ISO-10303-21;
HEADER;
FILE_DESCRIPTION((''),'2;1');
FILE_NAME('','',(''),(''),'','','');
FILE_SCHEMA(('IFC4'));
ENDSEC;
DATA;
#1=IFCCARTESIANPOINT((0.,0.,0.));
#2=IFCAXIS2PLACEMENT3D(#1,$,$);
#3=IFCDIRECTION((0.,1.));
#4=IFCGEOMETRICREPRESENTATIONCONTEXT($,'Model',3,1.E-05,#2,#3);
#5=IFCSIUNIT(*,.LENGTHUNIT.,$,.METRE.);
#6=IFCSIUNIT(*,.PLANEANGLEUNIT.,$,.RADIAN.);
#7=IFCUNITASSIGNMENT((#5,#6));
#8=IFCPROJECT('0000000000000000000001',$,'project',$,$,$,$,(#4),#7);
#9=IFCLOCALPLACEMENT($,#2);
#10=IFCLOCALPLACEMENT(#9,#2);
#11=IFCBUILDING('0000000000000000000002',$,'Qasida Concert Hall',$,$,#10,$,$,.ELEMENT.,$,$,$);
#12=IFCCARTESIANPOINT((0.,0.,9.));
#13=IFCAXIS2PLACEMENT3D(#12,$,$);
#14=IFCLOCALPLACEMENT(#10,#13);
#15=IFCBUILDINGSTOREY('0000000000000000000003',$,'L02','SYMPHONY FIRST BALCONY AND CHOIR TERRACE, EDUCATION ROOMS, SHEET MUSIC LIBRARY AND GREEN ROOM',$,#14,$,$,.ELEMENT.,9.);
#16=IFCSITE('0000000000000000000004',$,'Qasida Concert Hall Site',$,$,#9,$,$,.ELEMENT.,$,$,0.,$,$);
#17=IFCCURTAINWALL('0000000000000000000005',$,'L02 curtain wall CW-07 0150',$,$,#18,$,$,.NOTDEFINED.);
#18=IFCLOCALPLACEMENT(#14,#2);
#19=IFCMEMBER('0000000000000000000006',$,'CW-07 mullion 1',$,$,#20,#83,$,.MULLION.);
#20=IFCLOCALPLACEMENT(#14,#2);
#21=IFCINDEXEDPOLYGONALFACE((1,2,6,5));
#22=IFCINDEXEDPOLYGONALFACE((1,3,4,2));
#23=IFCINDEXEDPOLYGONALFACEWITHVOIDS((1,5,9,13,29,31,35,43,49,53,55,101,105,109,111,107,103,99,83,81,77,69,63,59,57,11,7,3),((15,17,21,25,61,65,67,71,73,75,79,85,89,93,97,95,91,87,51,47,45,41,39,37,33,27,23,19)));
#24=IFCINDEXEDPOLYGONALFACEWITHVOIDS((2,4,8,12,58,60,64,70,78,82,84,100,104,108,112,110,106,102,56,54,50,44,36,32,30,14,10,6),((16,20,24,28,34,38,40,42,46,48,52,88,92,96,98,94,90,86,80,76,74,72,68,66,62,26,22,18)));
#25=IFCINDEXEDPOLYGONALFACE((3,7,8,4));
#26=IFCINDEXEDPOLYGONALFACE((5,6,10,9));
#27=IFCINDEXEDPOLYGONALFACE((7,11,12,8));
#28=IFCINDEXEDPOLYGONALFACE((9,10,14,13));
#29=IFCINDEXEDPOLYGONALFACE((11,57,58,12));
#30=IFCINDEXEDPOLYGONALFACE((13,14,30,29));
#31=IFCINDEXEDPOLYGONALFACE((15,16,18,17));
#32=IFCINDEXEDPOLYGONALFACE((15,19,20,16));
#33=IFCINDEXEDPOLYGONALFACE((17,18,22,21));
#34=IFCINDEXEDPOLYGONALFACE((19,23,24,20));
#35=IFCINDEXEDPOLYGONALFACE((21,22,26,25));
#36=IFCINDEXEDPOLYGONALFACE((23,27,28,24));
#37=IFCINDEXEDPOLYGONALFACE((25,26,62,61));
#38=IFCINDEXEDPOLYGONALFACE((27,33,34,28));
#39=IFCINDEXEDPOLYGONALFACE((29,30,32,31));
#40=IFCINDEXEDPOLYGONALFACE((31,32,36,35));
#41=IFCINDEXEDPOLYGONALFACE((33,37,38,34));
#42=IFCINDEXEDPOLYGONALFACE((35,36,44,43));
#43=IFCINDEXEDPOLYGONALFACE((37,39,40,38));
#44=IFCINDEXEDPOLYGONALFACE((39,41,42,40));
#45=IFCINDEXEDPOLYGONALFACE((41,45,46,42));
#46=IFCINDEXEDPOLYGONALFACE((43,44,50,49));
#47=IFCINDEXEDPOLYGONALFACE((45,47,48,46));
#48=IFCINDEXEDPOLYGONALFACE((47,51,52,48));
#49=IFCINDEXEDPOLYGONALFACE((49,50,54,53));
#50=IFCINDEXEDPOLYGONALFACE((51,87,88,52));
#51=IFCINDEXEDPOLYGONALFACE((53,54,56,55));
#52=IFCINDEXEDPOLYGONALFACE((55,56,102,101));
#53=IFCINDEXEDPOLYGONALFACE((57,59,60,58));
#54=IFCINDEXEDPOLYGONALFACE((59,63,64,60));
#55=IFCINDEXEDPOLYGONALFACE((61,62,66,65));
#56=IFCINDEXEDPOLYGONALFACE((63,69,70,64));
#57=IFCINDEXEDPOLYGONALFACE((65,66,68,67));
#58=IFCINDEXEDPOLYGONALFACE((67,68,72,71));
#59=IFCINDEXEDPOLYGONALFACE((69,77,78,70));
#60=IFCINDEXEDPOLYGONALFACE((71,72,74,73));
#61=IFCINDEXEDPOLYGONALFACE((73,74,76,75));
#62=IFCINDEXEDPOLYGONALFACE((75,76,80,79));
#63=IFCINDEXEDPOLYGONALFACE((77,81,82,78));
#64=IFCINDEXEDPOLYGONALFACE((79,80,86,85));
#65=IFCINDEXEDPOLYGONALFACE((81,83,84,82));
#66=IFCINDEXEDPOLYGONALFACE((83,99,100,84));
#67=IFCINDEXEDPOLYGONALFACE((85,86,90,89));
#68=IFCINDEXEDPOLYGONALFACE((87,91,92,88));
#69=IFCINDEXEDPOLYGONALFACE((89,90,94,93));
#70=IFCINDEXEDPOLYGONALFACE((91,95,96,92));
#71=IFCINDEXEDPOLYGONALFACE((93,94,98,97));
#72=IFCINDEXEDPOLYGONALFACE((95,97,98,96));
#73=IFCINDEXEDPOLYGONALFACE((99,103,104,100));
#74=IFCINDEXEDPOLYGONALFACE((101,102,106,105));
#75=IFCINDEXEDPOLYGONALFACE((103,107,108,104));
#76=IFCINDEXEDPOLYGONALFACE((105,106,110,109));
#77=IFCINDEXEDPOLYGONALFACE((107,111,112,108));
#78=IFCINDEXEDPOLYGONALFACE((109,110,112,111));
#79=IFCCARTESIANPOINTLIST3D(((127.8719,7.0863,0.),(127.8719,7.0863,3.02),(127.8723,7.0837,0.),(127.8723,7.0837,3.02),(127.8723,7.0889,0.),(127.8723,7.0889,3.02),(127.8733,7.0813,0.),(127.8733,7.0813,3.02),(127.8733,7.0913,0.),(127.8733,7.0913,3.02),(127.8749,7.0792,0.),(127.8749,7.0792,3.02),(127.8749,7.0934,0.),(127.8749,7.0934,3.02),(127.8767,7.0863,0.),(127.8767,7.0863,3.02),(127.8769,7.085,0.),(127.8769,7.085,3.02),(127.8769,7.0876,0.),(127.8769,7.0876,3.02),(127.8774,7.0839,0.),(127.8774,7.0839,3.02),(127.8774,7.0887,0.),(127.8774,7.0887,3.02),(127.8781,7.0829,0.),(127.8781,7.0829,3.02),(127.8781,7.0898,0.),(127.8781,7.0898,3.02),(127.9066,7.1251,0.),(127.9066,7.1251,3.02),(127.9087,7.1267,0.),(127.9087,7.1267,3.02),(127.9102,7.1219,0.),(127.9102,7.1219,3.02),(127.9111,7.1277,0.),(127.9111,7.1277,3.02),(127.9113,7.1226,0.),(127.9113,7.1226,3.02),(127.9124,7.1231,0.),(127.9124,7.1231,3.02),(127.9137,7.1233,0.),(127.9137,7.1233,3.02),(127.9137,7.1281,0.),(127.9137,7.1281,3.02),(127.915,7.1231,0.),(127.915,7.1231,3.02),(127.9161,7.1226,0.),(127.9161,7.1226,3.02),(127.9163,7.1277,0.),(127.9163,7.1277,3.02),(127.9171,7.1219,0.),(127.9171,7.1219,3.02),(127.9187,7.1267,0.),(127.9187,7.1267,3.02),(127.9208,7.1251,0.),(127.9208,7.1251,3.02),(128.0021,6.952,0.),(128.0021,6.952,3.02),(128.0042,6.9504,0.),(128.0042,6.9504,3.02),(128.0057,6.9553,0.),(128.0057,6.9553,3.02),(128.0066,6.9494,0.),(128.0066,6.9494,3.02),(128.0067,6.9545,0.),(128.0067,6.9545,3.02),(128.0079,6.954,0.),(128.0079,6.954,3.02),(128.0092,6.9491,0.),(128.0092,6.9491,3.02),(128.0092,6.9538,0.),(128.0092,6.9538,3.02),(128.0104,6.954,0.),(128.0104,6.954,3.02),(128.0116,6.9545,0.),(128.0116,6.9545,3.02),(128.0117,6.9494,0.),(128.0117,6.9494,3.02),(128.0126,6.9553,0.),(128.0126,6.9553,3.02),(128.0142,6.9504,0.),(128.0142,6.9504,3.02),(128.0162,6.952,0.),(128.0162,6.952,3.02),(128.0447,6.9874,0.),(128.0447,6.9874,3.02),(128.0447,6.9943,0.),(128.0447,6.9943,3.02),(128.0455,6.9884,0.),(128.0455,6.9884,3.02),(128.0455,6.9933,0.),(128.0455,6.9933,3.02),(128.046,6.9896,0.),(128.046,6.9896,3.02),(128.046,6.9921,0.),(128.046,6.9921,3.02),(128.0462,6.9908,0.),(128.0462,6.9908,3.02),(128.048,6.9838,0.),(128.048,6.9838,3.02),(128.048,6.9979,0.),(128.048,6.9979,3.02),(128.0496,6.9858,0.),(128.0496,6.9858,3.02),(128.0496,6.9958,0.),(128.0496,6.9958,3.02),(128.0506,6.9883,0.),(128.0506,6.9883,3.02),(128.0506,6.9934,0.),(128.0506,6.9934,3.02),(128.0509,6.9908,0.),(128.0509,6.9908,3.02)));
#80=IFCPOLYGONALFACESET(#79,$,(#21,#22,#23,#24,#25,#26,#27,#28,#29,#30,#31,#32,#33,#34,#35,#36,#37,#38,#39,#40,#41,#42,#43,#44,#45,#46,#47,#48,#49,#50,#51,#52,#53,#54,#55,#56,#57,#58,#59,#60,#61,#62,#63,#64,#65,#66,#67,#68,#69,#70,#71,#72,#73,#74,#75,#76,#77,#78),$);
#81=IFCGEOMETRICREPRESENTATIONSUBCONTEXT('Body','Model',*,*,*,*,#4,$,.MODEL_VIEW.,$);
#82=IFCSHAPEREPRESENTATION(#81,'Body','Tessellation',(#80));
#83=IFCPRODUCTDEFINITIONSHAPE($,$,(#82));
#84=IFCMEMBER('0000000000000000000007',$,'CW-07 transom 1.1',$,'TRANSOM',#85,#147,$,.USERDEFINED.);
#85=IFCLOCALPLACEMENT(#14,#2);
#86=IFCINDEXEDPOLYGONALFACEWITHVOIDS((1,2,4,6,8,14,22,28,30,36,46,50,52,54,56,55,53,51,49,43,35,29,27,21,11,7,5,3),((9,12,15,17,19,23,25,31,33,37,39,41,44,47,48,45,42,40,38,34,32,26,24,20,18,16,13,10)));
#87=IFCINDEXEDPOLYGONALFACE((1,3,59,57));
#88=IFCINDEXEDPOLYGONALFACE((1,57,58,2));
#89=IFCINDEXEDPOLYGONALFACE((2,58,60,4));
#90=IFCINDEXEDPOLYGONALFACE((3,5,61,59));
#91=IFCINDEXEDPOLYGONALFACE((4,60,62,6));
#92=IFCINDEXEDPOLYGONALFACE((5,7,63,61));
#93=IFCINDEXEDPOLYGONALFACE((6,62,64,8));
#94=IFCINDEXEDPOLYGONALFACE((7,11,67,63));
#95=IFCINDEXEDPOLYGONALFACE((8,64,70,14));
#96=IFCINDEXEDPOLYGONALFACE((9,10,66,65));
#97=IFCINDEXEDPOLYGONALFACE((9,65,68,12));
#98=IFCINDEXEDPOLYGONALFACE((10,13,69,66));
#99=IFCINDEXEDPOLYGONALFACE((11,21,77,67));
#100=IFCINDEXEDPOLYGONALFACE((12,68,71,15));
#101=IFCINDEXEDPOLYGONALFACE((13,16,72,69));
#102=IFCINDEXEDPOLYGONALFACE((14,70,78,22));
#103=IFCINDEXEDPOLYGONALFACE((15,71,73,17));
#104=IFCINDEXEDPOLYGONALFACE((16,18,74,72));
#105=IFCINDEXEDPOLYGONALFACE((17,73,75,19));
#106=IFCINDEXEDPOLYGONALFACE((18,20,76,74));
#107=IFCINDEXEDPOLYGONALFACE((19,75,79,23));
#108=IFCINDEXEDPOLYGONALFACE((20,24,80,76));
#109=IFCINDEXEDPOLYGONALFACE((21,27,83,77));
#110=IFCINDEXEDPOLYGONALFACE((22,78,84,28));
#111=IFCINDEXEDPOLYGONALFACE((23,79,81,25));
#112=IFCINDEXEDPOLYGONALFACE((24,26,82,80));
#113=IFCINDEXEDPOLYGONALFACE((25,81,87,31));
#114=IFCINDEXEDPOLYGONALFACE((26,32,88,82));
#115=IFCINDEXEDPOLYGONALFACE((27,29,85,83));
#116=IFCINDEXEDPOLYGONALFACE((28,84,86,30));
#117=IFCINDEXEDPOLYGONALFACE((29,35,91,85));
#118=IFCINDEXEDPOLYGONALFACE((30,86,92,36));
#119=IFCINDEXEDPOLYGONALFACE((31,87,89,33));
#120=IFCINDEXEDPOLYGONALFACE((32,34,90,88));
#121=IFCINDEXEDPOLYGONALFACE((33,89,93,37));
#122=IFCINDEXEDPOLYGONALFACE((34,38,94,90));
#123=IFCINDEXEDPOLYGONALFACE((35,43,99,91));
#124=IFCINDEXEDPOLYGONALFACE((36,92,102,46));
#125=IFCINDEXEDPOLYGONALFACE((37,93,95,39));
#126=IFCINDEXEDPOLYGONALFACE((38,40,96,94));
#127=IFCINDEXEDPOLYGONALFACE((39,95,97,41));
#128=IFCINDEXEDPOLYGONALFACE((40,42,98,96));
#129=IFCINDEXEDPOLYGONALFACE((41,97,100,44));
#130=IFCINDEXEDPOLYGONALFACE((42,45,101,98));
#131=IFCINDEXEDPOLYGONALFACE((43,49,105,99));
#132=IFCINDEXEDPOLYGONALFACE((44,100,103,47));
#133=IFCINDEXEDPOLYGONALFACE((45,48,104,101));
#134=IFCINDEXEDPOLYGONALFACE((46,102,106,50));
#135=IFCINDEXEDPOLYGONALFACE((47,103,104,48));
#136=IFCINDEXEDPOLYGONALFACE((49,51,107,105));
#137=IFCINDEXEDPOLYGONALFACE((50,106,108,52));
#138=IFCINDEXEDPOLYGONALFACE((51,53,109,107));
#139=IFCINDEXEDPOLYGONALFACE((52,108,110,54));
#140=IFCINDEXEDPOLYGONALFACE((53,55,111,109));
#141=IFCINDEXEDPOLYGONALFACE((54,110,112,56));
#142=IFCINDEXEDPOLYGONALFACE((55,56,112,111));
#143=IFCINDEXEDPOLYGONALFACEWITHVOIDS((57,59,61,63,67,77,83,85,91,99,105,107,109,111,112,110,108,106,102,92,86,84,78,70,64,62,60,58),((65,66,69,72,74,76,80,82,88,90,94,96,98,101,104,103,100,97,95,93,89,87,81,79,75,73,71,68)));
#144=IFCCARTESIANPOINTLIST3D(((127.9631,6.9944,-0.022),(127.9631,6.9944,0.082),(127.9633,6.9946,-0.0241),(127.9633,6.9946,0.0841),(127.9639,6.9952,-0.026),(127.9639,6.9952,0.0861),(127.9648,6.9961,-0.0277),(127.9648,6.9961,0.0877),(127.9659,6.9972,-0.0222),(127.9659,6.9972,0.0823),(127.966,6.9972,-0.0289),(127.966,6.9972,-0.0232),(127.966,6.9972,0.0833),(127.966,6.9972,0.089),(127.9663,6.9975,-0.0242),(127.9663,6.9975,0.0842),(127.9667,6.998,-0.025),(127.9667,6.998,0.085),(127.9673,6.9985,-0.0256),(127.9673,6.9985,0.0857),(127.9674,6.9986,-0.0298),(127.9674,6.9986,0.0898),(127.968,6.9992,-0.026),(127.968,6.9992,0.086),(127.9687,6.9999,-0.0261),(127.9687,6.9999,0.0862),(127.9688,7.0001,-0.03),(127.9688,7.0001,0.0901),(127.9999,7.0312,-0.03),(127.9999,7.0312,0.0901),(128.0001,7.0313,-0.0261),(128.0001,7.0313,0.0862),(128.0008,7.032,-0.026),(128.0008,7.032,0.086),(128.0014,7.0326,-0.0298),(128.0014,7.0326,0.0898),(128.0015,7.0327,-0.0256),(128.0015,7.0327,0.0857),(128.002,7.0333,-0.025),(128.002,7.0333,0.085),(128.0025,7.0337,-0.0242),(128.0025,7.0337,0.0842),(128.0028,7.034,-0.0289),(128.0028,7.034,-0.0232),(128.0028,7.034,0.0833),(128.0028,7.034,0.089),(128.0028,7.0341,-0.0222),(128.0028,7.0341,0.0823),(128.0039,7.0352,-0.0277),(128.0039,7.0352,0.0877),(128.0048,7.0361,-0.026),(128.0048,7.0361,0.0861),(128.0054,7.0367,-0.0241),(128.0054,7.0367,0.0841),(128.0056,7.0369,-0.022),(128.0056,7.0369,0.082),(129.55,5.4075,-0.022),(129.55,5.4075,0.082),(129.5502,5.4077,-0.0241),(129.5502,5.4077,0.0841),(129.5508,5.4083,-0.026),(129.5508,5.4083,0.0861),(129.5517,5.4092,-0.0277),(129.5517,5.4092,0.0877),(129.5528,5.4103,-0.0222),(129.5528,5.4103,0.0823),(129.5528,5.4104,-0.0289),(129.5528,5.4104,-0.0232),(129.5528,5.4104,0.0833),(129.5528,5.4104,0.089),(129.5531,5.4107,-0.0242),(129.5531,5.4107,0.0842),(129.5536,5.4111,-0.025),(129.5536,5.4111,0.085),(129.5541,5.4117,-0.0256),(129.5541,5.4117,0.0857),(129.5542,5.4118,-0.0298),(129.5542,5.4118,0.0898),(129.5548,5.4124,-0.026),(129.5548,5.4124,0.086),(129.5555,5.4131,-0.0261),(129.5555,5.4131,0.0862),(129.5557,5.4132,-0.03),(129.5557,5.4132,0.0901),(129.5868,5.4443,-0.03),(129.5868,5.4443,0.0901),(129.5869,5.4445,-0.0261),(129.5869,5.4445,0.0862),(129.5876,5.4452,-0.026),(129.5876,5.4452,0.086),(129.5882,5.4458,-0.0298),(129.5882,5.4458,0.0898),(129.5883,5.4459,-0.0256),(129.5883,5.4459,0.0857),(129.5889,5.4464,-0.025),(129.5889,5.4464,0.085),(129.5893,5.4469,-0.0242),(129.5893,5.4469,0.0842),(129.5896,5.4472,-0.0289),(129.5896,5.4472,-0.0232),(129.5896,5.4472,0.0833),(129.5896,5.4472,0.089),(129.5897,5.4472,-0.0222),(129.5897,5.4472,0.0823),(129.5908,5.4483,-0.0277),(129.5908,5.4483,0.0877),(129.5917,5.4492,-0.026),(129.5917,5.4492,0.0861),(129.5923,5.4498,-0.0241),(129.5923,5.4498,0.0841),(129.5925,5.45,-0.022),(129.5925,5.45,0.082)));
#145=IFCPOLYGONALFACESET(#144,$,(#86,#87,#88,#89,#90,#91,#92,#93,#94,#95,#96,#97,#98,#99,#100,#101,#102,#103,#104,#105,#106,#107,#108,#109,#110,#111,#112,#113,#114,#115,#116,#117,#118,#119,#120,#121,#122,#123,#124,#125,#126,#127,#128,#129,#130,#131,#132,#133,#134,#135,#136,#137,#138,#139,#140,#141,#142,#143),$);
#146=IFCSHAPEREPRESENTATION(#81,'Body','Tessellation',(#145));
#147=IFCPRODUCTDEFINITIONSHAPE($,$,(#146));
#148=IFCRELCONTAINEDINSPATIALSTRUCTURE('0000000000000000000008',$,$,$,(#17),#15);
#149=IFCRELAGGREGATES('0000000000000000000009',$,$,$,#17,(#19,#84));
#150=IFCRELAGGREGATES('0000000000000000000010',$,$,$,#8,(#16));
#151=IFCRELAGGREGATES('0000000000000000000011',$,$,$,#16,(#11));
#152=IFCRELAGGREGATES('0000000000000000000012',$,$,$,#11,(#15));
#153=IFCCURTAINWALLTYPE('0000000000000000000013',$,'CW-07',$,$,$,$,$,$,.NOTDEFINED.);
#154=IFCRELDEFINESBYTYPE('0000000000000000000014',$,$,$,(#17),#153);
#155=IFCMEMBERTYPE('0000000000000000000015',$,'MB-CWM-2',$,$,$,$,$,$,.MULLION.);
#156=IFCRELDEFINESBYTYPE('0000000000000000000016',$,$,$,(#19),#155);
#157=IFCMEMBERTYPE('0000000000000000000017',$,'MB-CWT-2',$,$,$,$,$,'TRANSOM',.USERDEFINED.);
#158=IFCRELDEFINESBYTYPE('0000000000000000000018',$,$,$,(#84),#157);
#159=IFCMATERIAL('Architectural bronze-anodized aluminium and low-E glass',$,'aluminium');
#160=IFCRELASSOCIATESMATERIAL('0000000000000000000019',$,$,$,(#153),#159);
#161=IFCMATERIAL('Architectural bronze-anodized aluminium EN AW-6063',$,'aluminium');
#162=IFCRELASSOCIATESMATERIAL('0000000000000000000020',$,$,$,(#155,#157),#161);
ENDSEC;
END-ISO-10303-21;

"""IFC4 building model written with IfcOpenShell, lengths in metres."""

from ifc_helpers import new_model, si_unit, direction, frame, origin, origin_2d, place, context, subcontext, project, spatial, hollow_rectangle, extrude, material, material_profile, profile_set, type_object, element, aggregate, save


model = new_model("IFC4")

# Units and contexts
model_context = context("Model", 3, precision=1e-05, world=origin(), true_north=direction((0.0, 1.0)))
body_context = subcontext(model_context, "Body", "Model", "MODEL_VIEW")
ifc_project = project(units=[si_unit("LENGTHUNIT", "METRE"), si_unit("PLANEANGLEUNIT", "RADIAN")], contexts=[model_context])

# Site, building, storey
site_placement = place(None, origin())
site = spatial("IfcSite", under=ifc_project, at=site_placement, Name="Qasida Concert Hall Site", CompositionType="ELEMENT", RefElevation=0.0)
building_placement = place(site_placement, origin())
building = spatial("IfcBuilding", under=site, at=building_placement, Name="Qasida Concert Hall", CompositionType="ELEMENT")
storey_placement = place(building_placement, frame((0.0, 0.0, 9.0)))
storey = spatial("IfcBuildingStorey", under=building, at=storey_placement, Name="L02", Description="SYMPHONY FIRST BALCONY AND CHOIR TERRACE, EDUCATION ROOMS, SHEET MUSIC LIBRARY AND GREEN ROOM", CompositionType="ELEMENT", Elevation=9.0)

# Shared definitions
ifc_material_1 = material(Name="Architectural bronze-anodized aluminium and low-E glass", Category="aluminium")
curtain_wall_type = type_object("IfcCurtainWallType", Name="CW-07", PredefinedType="NOTDEFINED", material=ifc_material_1)
ifc_material_2 = material(Name="Architectural bronze-anodized aluminium EN AW-6063", Category="aluminium")
ifc_material_profile_1 = material_profile(ifc_material_2, hollow_rectangle(XDim=0.0649, YDim=0.2, WallThickness=0.0049, InnerFilletRadius=0.0049, OuterFilletRadius=0.01, at=origin_2d()), Name="CWM 200x65x5")
ifc_profile_set_1 = profile_set([ifc_material_profile_1], Name="Architectural bronze-anodized aluminium EN AW-6063")
member_type_1 = type_object("IfcMemberType", Name="MB-CWM-2", PredefinedType="MULLION", material=ifc_profile_set_1)

# Curtain wall, members
curtain_wall_1_placement = place(storey_placement, origin())
curtain_wall_1 = element("IfcCurtainWall", 1, at=curtain_wall_1_placement, inside=storey, type_object=curtain_wall_type, Name="L02 curtain wall CW-07 0150", PredefinedType="NOTDEFINED")
member_1_placement = place(storey_placement, frame((127.9614, 7.0386, 0.0), z_axis=(0.0, 0.0, 1.0), x_axis=(0.707107, 0.707107, 0.0)))
member_1 = element("IfcMember", 2, at=member_1_placement, type_object=member_type_1, Name="CW-07 mullion 1", PredefinedType="MULLION", context=body_context, shape_type="SweptSolid", body=[
    extrude(hollow_rectangle(XDim=0.0649, YDim=0.2, WallThickness=0.0049, InnerFilletRadius=0.0049, OuterFilletRadius=0.01, at=origin_2d()), origin(), (0.0, 0.0, 1.0), 3.02),
])
ifc_material_profile_2 = material_profile(ifc_material_2, hollow_rectangle(XDim=0.0601, YDim=0.1201, WallThickness=0.0039, InnerFilletRadius=0.0039, OuterFilletRadius=0.0081, at=origin_2d()), Name="CWT 120x60x4")
ifc_profile_set_2 = profile_set([ifc_material_profile_2], Name="Architectural bronze-anodized aluminium EN AW-6063")
member_type_2 = type_object("IfcMemberType", Name="MB-CWT-2", ElementType="TRANSOM", PredefinedType="USERDEFINED", material=ifc_profile_set_2)
member_2_placement = place(storey_placement, frame((127.9844, 7.0156, 0.03), z_axis=(0.707107, -0.707107, 0.0), x_axis=(0.707107, 0.707107, 0.0)))
member_2 = element("IfcMember", 3, at=member_2_placement, type_object=member_type_2, Name="CW-07 transom 1.1", ObjectType="TRANSOM", PredefinedType="USERDEFINED", context=body_context, shape_type="SweptSolid", body=[
    extrude(hollow_rectangle(XDim=0.0601, YDim=0.1201, WallThickness=0.0039, InnerFilletRadius=0.0039, OuterFilletRadius=0.0081, at=origin_2d()), origin(), (0.0, 0.0, 1.0), 2.2441),
])

aggregate(curtain_wall_1, [member_1, member_2])

save(model, "model.ifc")
